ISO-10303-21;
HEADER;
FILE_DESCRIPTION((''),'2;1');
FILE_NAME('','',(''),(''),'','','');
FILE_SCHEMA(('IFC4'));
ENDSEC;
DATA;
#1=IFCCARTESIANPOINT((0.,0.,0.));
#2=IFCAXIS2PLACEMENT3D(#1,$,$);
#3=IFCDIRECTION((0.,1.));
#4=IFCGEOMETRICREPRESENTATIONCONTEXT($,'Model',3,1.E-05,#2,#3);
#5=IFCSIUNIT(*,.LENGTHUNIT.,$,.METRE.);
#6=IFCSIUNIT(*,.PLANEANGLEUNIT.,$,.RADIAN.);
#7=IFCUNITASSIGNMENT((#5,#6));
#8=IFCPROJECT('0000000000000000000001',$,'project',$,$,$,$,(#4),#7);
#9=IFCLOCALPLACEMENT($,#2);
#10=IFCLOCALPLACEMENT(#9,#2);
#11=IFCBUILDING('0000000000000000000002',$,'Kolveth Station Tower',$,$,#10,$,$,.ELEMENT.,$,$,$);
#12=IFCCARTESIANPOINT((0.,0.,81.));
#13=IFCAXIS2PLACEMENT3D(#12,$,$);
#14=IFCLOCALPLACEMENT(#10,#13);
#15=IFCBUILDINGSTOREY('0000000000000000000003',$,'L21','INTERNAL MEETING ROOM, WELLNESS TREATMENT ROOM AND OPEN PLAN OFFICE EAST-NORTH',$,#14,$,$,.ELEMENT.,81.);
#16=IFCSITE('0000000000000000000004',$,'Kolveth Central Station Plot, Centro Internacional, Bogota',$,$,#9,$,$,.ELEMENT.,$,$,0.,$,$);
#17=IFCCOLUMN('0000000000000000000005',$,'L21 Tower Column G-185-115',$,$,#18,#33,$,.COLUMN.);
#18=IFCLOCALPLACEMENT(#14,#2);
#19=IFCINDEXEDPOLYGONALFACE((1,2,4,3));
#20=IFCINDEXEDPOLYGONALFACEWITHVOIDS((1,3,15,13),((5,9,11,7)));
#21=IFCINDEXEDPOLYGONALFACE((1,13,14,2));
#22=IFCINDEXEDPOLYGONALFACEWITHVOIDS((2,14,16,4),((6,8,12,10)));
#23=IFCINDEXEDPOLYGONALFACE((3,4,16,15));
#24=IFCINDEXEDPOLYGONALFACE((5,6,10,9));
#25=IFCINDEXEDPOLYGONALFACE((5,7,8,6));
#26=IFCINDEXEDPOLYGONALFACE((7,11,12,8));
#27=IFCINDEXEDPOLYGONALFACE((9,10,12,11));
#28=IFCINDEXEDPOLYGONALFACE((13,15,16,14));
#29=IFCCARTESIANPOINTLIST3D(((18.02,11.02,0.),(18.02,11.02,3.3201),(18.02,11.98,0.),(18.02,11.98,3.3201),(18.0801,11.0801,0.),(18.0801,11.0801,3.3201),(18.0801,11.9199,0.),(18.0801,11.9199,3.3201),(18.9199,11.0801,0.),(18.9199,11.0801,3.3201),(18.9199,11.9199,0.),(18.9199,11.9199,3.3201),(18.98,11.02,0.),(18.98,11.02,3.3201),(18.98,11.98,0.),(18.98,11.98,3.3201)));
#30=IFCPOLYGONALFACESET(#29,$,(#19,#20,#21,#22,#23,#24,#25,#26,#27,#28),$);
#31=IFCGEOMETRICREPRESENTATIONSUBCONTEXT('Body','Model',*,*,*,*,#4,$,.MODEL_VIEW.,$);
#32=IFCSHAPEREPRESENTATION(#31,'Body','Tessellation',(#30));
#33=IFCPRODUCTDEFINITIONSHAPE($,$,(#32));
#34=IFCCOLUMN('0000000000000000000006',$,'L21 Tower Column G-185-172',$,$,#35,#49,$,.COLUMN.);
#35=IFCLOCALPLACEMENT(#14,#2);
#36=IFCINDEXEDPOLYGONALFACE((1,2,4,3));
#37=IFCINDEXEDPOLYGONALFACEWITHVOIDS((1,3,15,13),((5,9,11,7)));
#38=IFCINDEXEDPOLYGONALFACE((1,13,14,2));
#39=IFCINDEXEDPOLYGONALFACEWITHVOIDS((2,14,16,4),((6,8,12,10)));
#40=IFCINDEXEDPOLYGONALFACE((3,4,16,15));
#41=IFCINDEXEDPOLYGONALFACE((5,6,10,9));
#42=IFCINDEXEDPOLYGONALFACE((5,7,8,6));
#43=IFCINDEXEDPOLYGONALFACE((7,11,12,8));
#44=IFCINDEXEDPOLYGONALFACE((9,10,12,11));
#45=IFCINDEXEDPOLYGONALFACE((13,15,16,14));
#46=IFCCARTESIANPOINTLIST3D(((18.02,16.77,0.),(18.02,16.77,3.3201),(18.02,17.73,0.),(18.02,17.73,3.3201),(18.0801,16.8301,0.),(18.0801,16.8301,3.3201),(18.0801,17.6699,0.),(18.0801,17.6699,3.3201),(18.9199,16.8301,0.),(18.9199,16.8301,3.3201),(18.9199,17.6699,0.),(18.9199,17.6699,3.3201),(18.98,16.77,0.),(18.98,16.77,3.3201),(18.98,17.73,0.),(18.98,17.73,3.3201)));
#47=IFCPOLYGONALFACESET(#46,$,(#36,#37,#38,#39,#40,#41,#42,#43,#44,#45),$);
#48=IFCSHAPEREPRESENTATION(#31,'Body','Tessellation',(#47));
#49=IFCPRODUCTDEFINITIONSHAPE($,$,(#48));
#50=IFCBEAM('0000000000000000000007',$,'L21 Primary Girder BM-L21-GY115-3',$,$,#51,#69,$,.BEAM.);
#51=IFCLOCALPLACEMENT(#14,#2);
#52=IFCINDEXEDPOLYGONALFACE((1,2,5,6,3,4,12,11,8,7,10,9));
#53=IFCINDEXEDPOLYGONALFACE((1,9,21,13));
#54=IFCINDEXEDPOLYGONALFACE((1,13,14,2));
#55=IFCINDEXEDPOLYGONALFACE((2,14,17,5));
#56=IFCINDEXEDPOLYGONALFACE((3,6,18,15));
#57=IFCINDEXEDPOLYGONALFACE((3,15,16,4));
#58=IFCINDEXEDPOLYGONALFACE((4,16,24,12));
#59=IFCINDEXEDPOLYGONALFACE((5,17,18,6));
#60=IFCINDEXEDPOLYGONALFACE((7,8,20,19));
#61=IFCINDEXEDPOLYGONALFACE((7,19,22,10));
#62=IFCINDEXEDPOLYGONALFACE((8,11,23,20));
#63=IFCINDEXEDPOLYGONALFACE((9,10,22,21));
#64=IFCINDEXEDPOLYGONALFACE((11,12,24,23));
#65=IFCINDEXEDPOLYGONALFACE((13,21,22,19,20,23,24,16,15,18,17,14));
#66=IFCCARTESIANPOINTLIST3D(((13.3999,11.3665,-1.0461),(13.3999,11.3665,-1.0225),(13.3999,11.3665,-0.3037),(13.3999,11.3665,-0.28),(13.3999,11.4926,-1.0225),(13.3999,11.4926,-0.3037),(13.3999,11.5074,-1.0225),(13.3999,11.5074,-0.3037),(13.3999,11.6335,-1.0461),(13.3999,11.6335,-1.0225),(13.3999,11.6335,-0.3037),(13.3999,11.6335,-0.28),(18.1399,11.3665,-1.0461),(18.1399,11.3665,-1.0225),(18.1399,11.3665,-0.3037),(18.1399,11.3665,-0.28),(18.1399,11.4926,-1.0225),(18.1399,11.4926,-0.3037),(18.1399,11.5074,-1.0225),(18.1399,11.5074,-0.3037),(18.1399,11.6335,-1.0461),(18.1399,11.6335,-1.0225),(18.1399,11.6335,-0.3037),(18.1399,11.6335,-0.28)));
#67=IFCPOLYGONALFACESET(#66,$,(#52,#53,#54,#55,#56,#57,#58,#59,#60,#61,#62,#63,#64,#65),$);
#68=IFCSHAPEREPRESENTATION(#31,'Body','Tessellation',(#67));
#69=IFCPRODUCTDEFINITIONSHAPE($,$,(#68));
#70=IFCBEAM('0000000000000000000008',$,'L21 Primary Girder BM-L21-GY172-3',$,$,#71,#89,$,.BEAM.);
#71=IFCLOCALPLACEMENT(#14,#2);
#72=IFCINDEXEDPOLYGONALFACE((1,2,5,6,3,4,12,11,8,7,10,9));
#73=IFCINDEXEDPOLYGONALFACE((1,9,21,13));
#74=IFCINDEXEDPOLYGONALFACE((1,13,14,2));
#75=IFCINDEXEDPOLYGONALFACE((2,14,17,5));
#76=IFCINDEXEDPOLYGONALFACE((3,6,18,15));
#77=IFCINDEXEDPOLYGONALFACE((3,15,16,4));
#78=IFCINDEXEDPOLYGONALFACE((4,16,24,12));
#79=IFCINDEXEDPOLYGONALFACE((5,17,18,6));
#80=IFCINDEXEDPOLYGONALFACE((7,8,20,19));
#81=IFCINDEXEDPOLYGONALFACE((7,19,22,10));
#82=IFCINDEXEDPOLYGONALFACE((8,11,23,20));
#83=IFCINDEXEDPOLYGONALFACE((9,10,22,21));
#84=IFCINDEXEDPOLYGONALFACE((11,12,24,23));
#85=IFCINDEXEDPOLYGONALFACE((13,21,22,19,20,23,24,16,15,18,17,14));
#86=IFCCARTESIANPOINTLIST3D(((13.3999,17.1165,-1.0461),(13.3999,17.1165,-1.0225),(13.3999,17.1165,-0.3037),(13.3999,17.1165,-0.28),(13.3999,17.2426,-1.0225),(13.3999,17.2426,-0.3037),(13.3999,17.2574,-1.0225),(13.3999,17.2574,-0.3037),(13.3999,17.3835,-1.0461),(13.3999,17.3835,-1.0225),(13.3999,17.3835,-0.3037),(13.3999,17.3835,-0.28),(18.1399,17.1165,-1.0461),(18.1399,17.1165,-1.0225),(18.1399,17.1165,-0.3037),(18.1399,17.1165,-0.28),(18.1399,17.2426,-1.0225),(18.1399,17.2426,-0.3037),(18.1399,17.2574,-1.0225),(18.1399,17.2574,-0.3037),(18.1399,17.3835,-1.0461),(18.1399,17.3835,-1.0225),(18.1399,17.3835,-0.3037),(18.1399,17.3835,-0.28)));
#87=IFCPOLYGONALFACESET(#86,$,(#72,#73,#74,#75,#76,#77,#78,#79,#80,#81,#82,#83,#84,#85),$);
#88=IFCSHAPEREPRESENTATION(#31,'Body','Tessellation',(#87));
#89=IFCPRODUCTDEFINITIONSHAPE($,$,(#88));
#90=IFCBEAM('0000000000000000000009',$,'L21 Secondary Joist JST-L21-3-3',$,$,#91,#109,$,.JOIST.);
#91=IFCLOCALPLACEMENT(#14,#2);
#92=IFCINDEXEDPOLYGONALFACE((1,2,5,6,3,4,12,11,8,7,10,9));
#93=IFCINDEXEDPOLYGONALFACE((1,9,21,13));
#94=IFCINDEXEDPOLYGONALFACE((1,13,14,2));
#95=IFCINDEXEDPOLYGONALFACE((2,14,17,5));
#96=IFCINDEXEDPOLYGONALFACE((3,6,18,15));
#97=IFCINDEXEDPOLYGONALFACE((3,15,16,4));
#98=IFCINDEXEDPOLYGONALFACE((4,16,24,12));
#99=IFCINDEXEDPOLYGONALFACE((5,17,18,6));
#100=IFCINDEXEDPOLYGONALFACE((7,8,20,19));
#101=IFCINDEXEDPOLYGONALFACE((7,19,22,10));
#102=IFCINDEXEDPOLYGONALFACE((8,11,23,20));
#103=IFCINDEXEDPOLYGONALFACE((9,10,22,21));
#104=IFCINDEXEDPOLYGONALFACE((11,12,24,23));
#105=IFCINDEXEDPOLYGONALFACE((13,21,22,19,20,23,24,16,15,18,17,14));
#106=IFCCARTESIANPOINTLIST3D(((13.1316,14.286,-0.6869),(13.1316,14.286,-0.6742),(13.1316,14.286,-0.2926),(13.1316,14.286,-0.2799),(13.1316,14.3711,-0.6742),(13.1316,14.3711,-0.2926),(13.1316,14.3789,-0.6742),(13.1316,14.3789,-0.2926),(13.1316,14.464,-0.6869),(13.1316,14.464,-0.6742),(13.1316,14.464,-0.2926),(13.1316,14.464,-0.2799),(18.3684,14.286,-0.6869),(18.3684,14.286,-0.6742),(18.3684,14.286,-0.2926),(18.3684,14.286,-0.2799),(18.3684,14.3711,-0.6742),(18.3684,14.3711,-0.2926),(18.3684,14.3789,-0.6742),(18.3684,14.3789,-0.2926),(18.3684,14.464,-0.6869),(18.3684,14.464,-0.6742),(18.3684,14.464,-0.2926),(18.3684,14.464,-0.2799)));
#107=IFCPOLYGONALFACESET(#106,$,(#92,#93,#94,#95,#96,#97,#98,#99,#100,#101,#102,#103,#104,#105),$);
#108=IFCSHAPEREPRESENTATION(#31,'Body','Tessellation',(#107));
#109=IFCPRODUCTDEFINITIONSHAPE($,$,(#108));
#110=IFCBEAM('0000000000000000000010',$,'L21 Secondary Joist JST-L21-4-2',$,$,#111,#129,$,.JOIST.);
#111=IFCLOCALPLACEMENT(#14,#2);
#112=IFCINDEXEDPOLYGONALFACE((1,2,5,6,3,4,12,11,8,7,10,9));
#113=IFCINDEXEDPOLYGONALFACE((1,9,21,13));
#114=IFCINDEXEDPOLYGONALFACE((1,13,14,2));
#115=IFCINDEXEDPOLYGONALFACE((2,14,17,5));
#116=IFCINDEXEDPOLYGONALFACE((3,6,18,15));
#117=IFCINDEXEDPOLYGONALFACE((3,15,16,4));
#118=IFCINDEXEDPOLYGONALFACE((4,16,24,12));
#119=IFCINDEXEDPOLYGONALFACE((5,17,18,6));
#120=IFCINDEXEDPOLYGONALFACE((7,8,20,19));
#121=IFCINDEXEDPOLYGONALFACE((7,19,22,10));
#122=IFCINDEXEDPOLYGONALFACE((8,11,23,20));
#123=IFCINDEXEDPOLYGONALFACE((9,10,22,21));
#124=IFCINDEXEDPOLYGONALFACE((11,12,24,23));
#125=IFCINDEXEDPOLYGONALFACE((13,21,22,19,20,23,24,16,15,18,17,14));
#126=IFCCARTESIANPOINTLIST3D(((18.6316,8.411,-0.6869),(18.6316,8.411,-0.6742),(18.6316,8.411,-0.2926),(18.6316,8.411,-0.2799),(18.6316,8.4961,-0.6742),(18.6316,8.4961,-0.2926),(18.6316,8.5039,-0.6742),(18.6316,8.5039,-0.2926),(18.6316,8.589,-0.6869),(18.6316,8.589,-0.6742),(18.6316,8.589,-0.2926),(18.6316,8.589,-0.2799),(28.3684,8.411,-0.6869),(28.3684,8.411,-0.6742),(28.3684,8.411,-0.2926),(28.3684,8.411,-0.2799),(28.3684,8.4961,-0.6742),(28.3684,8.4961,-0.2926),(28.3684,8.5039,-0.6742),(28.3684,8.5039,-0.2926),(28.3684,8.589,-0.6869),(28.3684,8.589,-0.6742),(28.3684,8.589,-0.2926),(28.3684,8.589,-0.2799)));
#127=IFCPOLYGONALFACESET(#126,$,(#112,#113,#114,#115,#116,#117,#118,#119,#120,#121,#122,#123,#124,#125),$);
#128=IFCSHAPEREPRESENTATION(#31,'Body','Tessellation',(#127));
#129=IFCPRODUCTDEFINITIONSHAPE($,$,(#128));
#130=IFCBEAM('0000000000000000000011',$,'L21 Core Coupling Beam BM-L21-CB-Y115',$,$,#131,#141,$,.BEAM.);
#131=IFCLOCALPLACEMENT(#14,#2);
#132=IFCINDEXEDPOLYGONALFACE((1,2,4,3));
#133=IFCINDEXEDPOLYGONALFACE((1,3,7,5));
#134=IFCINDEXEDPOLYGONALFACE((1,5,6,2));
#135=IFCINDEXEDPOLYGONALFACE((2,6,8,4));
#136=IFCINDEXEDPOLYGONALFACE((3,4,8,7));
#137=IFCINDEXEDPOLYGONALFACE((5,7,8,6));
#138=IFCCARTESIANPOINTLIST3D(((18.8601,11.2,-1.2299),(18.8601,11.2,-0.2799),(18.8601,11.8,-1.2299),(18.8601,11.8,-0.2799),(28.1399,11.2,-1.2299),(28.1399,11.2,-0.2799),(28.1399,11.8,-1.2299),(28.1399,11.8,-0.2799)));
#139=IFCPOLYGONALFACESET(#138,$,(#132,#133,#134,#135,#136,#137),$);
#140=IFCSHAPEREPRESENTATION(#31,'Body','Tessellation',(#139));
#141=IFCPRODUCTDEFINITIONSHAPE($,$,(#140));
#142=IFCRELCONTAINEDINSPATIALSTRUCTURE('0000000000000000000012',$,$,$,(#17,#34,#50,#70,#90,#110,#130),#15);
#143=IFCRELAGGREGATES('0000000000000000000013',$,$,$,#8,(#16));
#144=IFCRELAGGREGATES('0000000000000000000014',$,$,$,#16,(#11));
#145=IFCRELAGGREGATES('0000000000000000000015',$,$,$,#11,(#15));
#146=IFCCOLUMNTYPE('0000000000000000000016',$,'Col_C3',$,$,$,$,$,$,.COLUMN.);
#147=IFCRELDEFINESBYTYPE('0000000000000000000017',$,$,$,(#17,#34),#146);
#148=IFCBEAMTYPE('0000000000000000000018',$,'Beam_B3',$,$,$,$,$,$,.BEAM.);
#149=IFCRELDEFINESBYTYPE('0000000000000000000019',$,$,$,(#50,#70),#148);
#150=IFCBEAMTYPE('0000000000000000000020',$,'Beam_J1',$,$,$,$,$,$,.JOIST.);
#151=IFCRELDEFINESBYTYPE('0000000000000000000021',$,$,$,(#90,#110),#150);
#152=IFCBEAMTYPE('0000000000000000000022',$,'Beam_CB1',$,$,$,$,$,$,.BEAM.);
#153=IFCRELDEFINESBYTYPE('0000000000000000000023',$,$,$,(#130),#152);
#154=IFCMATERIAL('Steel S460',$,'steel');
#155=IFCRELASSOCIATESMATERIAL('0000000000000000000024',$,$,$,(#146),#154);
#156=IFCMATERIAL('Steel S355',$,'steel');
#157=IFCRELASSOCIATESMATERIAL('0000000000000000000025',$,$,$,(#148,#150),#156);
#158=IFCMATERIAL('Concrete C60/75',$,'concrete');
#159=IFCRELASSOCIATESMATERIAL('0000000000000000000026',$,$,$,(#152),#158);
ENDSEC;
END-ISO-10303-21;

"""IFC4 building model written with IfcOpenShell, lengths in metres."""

from ifc_helpers import new_model, si_unit, direction, frame, origin, origin_2d, place, context, subcontext, project, spatial, rectangle, hollow_rectangle, i_section, extrude, source, transform, mapped, material, material_profile, profile_set, type_object, element, save


model = new_model("IFC4")

# Units and contexts
model_context = context("Model", 3, precision=1e-05, world=origin(), true_north=direction((0.0, 1.0)))
body_context = subcontext(model_context, "Body", "Model", "MODEL_VIEW")
ifc_project = project(units=[si_unit("LENGTHUNIT", "METRE"), si_unit("PLANEANGLEUNIT", "RADIAN")], contexts=[model_context])

# Site, building, storey
site_placement = place(None, origin())
site = spatial("IfcSite", under=ifc_project, at=site_placement, Name="Kolveth Central Station Plot, Centro Internacional, Bogota", CompositionType="ELEMENT", RefElevation=0.0)
building_placement = place(site_placement, origin())
building = spatial("IfcBuilding", under=site, at=building_placement, Name="Kolveth Station Tower", CompositionType="ELEMENT")
storey_placement = place(building_placement, frame((0.0, 0.0, 81.0)))
storey = spatial("IfcBuildingStorey", under=building, at=storey_placement, Name="L21", Description="INTERNAL MEETING ROOM, WELLNESS TREATMENT ROOM AND OPEN PLAN OFFICE EAST-NORTH", CompositionType="ELEMENT", Elevation=81.0)

# Columns
ifc_material_1 = material(Name="Steel S460", Category="steel")
ifc_material_profile_1 = material_profile(ifc_material_1, hollow_rectangle(XDim=0.96, YDim=0.96, WallThickness=0.0601, at=origin_2d()), Name="BOX960x960x60")
ifc_profile_set_1 = profile_set([ifc_material_profile_1], Name="Steel S460")
column_type = type_object("IfcColumnType", Name="Col_C3", PredefinedType="COLUMN", material=ifc_profile_set_1)
shared_shape_1 = source(origin(), body_context, "Body", "SweptSolid", [
    extrude(hollow_rectangle(XDim=0.96, YDim=0.96, WallThickness=0.0601, at=origin_2d()), origin(), (0.0, 0.0, 1.0), 3.3201),
])
for number, where, z_axis, x_axis, name in (
    (1, (18.5, 11.5, 0.0), (0.0, 0.0, 1.0), (1.0, 0.0, 0.0), "L21 Tower Column G-185-115"),
    (2, (18.5, 17.25, 0.0), (0.0, 0.0, 1.0), (1.0, 0.0, 0.0), "L21 Tower Column G-185-172"),
):
    element("IfcColumn", number, at=place(storey_placement, frame(where, z_axis=z_axis, x_axis=x_axis)), inside=storey, type_object=column_type, Name=name, PredefinedType="COLUMN", context=body_context, shape_type="MappedRepresentation", body=[
        mapped(shared_shape_1, transform((0.0, 0.0, 0.0), x_axis=(1.0, 0.0, 0.0), y_axis=(0.0, 1.0, 0.0), z_axis=(0.0, 0.0, 1.0), scale=1.0)),
    ])

# Beams
ifc_material_2 = material(Name="Steel S355", Category="steel")
ifc_material_profile_2 = material_profile(ifc_material_2, i_section(OverallWidth=0.2671, OverallDepth=0.7661, WebThickness=0.0149, FlangeThickness=0.0237, at=origin_2d()), Name="W760x185")
ifc_profile_set_2 = profile_set([ifc_material_profile_2], Name="Steel S355")
beam_type_1 = type_object("IfcBeamType", Name="Beam_B3", PredefinedType="BEAM", material=ifc_profile_set_2)
shared_shape_2 = source(origin(), body_context, "Body", "SweptSolid", [
    extrude(i_section(OverallWidth=0.2671, OverallDepth=0.7661, WebThickness=0.0149, FlangeThickness=0.0237, at=origin_2d()), origin(), (0.0, 0.0, 1.0), 4.74),
])
for number, where, z_axis, x_axis, name in (
    (3, (13.3999, 11.5, -0.6631), (1.0, 0.0, 0.0), (0.0, 1.0, 0.0), "L21 Primary Girder BM-L21-GY115-3"),
    (4, (13.3999, 17.25, -0.6631), (1.0, 0.0, 0.0), (0.0, 1.0, 0.0), "L21 Primary Girder BM-L21-GY172-3"),
):
    element("IfcBeam", number, at=place(storey_placement, frame(where, z_axis=z_axis, x_axis=x_axis)), inside=storey, type_object=beam_type_1, Name=name, PredefinedType="BEAM", context=body_context, shape_type="MappedRepresentation", body=[
        mapped(shared_shape_2, transform((0.0, 0.0, 0.0), x_axis=(1.0, 0.0, 0.0), y_axis=(0.0, 1.0, 0.0), z_axis=(0.0, 0.0, 1.0), scale=1.0)),
    ])
ifc_material_profile_3 = material_profile(ifc_material_2, i_section(OverallWidth=0.178, OverallDepth=0.407, WebThickness=0.0078, FlangeThickness=0.0127, at=origin_2d()), Name="W410x60")
ifc_profile_set_3 = profile_set([ifc_material_profile_3], Name="Steel S355")
beam_type_2 = type_object("IfcBeamType", Name="Beam_J1", PredefinedType="JOIST", material=ifc_profile_set_3)
shared_shape_3 = source(origin(), body_context, "Body", "SweptSolid", [
    extrude(i_section(OverallWidth=0.178, OverallDepth=0.407, WebThickness=0.0078, FlangeThickness=0.0127, at=origin_2d()), origin(), (0.0, 0.0, 1.0), 5.2368),
])
beam_1_placement = place(storey_placement, frame((13.1316, 14.375, -0.4834), z_axis=(1.0, 0.0, 0.0), x_axis=(0.0, 1.0, 0.0)))
element("IfcBeam", 5, at=beam_1_placement, inside=storey, type_object=beam_type_2, Name="L21 Secondary Joist JST-L21-3-3", PredefinedType="JOIST", context=body_context, shape_type="MappedRepresentation", body=[
    mapped(shared_shape_3, transform((0.0, 0.0, 0.0), x_axis=(1.0, 0.0, 0.0), y_axis=(0.0, 1.0, 0.0), z_axis=(0.0, 0.0, 1.0), scale=1.0)),
])
shared_shape_4 = source(origin(), body_context, "Body", "SweptSolid", [
    extrude(i_section(OverallWidth=0.178, OverallDepth=0.407, WebThickness=0.0078, FlangeThickness=0.0127, at=origin_2d()), origin(), (0.0, 0.0, 1.0), 9.7368),
])
beam_2_placement = place(storey_placement, frame((18.6316, 8.5, -0.4834), z_axis=(1.0, 0.0, 0.0), x_axis=(0.0, 1.0, 0.0)))
element("IfcBeam", 6, at=beam_2_placement, inside=storey, type_object=beam_type_2, Name="L21 Secondary Joist JST-L21-4-2", PredefinedType="JOIST", context=body_context, shape_type="MappedRepresentation", body=[
    mapped(shared_shape_4, transform((0.0, 0.0, 0.0), x_axis=(1.0, 0.0, 0.0), y_axis=(0.0, 1.0, 0.0), z_axis=(0.0, 0.0, 1.0), scale=1.0)),
])
ifc_material_3 = material(Name="Concrete C60/75", Category="concrete")
ifc_material_profile_4 = material_profile(ifc_material_3, rectangle(XDim=0.6001, YDim=0.95, at=origin_2d()), Name="RC-600x950")
ifc_profile_set_4 = profile_set([ifc_material_profile_4], Name="Concrete C60/75")
beam_type_3 = type_object("IfcBeamType", Name="Beam_CB1", PredefinedType="BEAM", material=ifc_profile_set_4)
shared_shape_5 = source(origin(), body_context, "Body", "SweptSolid", [
    extrude(rectangle(XDim=0.6001, YDim=0.95, at=origin_2d()), origin(), (0.0, 0.0, 1.0), 9.2798),
])
beam_3_placement = place(storey_placement, frame((18.8601, 11.5, -0.7549), z_axis=(1.0, 0.0, 0.0), x_axis=(0.0, 1.0, 0.0)))
element("IfcBeam", 7, at=beam_3_placement, inside=storey, type_object=beam_type_3, Name="L21 Core Coupling Beam BM-L21-CB-Y115", PredefinedType="BEAM", context=body_context, shape_type="MappedRepresentation", body=[
    mapped(shared_shape_5, transform((0.0, 0.0, 0.0), x_axis=(1.0, 0.0, 0.0), y_axis=(0.0, 1.0, 0.0), z_axis=(0.0, 0.0, 1.0), scale=1.0)),
])

save(model, "model.ifc")
